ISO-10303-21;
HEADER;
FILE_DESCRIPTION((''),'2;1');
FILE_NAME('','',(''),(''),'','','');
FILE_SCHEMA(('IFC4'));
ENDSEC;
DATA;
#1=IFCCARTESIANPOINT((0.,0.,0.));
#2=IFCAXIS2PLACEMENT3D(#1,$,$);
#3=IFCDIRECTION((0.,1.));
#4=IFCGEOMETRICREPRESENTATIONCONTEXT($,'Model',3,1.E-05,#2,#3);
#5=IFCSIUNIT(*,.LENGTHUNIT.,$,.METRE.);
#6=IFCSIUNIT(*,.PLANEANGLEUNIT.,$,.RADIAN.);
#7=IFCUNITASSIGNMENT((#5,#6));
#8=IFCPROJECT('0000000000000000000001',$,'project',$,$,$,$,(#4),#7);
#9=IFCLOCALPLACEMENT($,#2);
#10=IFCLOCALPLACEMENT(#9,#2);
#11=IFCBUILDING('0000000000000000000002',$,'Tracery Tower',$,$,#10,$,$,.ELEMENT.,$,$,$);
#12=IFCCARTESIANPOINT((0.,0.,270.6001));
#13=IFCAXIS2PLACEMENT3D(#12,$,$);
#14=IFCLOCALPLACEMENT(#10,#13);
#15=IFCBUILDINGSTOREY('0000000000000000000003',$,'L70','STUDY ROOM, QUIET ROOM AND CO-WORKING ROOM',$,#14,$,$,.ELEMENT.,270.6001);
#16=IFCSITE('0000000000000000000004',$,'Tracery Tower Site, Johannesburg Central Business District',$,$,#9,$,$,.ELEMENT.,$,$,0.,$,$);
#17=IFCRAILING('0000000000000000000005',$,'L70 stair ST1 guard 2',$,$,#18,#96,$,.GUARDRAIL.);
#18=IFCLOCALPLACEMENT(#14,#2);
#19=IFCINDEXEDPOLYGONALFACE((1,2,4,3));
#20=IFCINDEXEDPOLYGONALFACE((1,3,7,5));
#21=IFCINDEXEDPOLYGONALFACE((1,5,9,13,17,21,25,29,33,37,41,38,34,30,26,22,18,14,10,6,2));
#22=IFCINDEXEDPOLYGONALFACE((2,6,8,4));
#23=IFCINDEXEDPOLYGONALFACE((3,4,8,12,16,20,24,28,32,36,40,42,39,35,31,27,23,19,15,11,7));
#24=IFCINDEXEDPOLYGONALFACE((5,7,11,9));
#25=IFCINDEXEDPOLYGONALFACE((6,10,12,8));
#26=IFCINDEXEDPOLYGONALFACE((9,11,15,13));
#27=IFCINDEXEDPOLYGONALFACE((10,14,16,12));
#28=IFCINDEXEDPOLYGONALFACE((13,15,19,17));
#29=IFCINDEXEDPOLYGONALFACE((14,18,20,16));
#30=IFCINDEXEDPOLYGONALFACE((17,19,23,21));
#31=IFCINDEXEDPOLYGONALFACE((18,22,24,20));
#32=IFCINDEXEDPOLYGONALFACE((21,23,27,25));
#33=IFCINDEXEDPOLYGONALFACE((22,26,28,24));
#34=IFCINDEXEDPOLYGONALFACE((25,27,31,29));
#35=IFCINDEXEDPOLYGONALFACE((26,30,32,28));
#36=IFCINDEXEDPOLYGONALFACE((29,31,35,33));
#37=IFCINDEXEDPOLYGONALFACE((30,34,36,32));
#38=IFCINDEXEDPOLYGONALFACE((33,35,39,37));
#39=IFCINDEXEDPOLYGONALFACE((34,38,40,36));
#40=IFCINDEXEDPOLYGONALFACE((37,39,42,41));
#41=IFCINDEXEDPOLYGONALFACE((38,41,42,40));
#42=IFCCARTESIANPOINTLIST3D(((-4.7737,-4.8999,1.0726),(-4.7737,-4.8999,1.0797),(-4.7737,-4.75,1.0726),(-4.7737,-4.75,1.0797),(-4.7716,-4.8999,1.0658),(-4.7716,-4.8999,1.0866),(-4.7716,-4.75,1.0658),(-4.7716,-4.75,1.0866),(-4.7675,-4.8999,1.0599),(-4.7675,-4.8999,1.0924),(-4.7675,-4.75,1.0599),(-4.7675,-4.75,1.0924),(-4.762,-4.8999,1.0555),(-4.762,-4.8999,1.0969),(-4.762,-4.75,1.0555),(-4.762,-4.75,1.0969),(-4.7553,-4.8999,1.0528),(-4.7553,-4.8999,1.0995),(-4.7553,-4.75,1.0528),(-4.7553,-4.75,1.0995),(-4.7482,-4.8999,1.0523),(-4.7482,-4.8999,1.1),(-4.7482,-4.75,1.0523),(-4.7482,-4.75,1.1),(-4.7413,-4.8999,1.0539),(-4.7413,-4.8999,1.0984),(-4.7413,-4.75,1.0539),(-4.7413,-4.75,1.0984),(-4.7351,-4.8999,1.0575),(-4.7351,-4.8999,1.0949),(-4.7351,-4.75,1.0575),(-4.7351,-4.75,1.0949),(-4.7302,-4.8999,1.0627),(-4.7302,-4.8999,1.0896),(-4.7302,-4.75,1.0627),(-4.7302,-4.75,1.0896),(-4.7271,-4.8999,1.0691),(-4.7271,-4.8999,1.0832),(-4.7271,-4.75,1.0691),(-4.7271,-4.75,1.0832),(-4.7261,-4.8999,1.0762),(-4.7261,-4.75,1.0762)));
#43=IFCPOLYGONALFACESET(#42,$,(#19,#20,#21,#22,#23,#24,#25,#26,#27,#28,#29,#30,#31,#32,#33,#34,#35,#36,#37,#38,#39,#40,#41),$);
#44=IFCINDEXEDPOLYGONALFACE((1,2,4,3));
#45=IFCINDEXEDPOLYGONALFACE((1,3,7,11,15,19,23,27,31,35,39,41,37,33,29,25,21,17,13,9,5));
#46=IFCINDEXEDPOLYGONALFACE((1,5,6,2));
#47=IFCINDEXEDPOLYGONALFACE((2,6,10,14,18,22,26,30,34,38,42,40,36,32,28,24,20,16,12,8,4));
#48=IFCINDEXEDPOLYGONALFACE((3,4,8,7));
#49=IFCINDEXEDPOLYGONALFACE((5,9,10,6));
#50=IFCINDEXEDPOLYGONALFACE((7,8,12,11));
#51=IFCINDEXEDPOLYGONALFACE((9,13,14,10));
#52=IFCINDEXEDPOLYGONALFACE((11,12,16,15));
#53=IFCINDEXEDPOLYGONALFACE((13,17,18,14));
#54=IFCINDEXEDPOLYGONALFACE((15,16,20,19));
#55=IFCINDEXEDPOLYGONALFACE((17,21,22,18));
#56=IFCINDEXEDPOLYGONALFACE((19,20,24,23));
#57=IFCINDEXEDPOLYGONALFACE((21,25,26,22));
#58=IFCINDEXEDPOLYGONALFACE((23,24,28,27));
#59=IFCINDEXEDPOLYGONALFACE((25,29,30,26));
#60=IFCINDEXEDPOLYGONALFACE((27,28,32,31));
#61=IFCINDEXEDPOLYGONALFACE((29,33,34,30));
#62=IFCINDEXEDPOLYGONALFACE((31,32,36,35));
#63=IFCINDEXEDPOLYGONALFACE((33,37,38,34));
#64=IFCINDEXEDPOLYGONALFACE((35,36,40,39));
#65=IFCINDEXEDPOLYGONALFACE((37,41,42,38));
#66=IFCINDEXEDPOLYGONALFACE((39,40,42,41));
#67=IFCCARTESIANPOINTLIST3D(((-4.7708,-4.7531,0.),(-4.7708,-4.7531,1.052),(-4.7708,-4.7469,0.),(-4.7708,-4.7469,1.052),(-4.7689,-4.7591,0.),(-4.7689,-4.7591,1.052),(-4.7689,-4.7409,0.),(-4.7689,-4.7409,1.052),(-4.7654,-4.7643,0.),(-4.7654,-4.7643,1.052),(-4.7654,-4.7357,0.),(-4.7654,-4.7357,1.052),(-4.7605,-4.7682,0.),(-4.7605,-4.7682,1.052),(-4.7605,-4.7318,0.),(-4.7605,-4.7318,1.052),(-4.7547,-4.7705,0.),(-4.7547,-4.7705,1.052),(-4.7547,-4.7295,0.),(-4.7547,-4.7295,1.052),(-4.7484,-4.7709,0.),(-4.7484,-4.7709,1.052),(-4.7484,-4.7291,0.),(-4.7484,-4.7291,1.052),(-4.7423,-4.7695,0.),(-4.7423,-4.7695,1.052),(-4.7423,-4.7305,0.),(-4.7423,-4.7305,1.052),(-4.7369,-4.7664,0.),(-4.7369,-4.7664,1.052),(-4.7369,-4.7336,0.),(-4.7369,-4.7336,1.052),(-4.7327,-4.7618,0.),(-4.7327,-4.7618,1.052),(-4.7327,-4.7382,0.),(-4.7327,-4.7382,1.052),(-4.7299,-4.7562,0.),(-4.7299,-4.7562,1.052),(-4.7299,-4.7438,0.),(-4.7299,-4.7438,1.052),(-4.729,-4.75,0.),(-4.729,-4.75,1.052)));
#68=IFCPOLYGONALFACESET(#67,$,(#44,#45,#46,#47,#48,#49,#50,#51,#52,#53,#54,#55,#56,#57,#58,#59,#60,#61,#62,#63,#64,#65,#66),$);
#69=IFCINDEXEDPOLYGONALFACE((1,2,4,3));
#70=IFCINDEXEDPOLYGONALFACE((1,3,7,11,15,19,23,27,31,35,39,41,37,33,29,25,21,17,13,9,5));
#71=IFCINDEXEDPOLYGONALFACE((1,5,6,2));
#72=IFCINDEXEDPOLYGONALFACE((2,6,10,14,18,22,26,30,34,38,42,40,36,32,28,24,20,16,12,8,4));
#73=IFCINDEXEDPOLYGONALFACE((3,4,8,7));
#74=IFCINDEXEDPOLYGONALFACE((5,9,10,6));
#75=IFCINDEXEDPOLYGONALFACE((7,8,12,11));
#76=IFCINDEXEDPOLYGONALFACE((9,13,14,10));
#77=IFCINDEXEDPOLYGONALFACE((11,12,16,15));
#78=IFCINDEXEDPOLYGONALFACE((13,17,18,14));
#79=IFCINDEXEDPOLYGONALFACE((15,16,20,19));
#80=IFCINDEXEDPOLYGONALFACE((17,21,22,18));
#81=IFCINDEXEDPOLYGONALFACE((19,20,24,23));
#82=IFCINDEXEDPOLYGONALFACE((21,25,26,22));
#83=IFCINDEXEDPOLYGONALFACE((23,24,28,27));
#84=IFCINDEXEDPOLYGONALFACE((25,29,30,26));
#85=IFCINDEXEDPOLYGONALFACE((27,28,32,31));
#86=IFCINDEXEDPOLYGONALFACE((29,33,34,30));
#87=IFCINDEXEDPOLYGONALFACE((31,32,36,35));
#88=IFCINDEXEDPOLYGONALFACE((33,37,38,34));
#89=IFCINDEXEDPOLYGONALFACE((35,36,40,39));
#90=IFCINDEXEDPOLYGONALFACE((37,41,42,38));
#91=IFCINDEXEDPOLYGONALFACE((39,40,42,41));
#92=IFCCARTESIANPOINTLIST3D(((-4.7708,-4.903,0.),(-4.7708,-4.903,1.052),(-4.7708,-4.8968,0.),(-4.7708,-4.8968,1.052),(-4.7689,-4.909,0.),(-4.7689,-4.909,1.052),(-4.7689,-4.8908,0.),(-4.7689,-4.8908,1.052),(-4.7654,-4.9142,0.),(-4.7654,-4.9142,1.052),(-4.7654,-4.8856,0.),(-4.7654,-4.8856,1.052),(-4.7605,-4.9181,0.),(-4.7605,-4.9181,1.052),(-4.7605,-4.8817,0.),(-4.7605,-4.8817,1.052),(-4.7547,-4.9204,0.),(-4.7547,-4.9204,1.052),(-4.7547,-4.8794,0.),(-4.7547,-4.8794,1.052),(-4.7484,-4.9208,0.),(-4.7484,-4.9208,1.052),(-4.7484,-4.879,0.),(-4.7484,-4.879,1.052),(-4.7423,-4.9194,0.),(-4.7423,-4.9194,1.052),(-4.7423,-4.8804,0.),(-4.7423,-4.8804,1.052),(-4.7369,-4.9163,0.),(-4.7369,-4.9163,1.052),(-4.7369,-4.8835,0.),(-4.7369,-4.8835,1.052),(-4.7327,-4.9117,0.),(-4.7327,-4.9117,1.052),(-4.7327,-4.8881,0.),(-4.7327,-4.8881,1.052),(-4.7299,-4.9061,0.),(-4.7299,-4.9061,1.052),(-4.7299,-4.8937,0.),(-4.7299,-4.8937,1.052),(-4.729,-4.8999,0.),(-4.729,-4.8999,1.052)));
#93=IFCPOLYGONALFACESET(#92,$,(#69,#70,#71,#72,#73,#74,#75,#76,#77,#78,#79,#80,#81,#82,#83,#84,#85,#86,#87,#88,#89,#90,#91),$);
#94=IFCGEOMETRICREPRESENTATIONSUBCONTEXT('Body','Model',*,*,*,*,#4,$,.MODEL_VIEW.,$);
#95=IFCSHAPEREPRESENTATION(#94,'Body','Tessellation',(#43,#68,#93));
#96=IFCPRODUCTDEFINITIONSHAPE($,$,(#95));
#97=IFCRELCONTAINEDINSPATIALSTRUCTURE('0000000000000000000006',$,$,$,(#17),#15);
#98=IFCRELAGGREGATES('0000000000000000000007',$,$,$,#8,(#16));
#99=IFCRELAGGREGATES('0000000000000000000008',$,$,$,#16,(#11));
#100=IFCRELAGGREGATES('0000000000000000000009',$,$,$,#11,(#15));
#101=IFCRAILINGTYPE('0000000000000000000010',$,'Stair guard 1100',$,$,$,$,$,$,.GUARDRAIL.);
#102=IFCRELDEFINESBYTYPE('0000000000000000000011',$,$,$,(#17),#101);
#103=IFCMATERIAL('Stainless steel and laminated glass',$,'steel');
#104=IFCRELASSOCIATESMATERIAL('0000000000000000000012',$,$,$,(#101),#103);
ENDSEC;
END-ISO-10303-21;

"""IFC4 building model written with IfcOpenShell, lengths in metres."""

from ifc_helpers import new_model, si_unit, direction, frame, origin, origin_2d, place, context, subcontext, project, spatial, circle, extrude, material, type_object, element, save


model = new_model("IFC4")

# Units and contexts
model_context = context("Model", 3, precision=1e-05, world=origin(), true_north=direction((0.0, 1.0)))
body_context = subcontext(model_context, "Body", "Model", "MODEL_VIEW")
ifc_project = project(units=[si_unit("LENGTHUNIT", "METRE"), si_unit("PLANEANGLEUNIT", "RADIAN")], contexts=[model_context])

# Site, building, storey
site_placement = place(None, origin())
site = spatial("IfcSite", under=ifc_project, at=site_placement, Name="Tracery Tower Site, Johannesburg Central Business District", CompositionType="ELEMENT", RefElevation=0.0)
building_placement = place(site_placement, origin())
building = spatial("IfcBuilding", under=site, at=building_placement, Name="Tracery Tower", CompositionType="ELEMENT")
storey_placement = place(building_placement, frame((0.0, 0.0, 270.6001)))
storey = spatial("IfcBuildingStorey", under=building, at=storey_placement, Name="L70", Description="STUDY ROOM, QUIET ROOM AND CO-WORKING ROOM", CompositionType="ELEMENT", Elevation=270.6001)

# Railing
ifc_material_1 = material(Name="Stainless steel and laminated glass", Category="steel")
railing_type_1 = type_object("IfcRailingType", Name="Stair guard 1100", PredefinedType="GUARDRAIL", material=ifc_material_1)
railing_1_placement = place(storey_placement, frame((-4.75, -4.75, 0.0)))
element("IfcRailing", 1, at=railing_1_placement, inside=storey, type_object=railing_type_1, Name="L70 stair ST1 guard 2", PredefinedType="GUARDRAIL", context=body_context, shape_type="SweptSolid", body=[
    extrude(circle(Radius=0.0239, at=origin_2d()), frame((0.0, 0.0, 1.0762), z_axis=(0.0, -1.0, 0.0), x_axis=(1.0, 0.0, 0.0)), (0.0, 0.0, 1.0), 0.1499),
    extrude(circle(Radius=0.021, at=origin_2d()), origin(), (0.0, 0.0, 1.0), 1.052),
    extrude(circle(Radius=0.021, at=origin_2d()), frame((0.0, -0.1499, 0.0)), (0.0, 0.0, 1.0), 1.052),
])

save(model, "model.ifc")
